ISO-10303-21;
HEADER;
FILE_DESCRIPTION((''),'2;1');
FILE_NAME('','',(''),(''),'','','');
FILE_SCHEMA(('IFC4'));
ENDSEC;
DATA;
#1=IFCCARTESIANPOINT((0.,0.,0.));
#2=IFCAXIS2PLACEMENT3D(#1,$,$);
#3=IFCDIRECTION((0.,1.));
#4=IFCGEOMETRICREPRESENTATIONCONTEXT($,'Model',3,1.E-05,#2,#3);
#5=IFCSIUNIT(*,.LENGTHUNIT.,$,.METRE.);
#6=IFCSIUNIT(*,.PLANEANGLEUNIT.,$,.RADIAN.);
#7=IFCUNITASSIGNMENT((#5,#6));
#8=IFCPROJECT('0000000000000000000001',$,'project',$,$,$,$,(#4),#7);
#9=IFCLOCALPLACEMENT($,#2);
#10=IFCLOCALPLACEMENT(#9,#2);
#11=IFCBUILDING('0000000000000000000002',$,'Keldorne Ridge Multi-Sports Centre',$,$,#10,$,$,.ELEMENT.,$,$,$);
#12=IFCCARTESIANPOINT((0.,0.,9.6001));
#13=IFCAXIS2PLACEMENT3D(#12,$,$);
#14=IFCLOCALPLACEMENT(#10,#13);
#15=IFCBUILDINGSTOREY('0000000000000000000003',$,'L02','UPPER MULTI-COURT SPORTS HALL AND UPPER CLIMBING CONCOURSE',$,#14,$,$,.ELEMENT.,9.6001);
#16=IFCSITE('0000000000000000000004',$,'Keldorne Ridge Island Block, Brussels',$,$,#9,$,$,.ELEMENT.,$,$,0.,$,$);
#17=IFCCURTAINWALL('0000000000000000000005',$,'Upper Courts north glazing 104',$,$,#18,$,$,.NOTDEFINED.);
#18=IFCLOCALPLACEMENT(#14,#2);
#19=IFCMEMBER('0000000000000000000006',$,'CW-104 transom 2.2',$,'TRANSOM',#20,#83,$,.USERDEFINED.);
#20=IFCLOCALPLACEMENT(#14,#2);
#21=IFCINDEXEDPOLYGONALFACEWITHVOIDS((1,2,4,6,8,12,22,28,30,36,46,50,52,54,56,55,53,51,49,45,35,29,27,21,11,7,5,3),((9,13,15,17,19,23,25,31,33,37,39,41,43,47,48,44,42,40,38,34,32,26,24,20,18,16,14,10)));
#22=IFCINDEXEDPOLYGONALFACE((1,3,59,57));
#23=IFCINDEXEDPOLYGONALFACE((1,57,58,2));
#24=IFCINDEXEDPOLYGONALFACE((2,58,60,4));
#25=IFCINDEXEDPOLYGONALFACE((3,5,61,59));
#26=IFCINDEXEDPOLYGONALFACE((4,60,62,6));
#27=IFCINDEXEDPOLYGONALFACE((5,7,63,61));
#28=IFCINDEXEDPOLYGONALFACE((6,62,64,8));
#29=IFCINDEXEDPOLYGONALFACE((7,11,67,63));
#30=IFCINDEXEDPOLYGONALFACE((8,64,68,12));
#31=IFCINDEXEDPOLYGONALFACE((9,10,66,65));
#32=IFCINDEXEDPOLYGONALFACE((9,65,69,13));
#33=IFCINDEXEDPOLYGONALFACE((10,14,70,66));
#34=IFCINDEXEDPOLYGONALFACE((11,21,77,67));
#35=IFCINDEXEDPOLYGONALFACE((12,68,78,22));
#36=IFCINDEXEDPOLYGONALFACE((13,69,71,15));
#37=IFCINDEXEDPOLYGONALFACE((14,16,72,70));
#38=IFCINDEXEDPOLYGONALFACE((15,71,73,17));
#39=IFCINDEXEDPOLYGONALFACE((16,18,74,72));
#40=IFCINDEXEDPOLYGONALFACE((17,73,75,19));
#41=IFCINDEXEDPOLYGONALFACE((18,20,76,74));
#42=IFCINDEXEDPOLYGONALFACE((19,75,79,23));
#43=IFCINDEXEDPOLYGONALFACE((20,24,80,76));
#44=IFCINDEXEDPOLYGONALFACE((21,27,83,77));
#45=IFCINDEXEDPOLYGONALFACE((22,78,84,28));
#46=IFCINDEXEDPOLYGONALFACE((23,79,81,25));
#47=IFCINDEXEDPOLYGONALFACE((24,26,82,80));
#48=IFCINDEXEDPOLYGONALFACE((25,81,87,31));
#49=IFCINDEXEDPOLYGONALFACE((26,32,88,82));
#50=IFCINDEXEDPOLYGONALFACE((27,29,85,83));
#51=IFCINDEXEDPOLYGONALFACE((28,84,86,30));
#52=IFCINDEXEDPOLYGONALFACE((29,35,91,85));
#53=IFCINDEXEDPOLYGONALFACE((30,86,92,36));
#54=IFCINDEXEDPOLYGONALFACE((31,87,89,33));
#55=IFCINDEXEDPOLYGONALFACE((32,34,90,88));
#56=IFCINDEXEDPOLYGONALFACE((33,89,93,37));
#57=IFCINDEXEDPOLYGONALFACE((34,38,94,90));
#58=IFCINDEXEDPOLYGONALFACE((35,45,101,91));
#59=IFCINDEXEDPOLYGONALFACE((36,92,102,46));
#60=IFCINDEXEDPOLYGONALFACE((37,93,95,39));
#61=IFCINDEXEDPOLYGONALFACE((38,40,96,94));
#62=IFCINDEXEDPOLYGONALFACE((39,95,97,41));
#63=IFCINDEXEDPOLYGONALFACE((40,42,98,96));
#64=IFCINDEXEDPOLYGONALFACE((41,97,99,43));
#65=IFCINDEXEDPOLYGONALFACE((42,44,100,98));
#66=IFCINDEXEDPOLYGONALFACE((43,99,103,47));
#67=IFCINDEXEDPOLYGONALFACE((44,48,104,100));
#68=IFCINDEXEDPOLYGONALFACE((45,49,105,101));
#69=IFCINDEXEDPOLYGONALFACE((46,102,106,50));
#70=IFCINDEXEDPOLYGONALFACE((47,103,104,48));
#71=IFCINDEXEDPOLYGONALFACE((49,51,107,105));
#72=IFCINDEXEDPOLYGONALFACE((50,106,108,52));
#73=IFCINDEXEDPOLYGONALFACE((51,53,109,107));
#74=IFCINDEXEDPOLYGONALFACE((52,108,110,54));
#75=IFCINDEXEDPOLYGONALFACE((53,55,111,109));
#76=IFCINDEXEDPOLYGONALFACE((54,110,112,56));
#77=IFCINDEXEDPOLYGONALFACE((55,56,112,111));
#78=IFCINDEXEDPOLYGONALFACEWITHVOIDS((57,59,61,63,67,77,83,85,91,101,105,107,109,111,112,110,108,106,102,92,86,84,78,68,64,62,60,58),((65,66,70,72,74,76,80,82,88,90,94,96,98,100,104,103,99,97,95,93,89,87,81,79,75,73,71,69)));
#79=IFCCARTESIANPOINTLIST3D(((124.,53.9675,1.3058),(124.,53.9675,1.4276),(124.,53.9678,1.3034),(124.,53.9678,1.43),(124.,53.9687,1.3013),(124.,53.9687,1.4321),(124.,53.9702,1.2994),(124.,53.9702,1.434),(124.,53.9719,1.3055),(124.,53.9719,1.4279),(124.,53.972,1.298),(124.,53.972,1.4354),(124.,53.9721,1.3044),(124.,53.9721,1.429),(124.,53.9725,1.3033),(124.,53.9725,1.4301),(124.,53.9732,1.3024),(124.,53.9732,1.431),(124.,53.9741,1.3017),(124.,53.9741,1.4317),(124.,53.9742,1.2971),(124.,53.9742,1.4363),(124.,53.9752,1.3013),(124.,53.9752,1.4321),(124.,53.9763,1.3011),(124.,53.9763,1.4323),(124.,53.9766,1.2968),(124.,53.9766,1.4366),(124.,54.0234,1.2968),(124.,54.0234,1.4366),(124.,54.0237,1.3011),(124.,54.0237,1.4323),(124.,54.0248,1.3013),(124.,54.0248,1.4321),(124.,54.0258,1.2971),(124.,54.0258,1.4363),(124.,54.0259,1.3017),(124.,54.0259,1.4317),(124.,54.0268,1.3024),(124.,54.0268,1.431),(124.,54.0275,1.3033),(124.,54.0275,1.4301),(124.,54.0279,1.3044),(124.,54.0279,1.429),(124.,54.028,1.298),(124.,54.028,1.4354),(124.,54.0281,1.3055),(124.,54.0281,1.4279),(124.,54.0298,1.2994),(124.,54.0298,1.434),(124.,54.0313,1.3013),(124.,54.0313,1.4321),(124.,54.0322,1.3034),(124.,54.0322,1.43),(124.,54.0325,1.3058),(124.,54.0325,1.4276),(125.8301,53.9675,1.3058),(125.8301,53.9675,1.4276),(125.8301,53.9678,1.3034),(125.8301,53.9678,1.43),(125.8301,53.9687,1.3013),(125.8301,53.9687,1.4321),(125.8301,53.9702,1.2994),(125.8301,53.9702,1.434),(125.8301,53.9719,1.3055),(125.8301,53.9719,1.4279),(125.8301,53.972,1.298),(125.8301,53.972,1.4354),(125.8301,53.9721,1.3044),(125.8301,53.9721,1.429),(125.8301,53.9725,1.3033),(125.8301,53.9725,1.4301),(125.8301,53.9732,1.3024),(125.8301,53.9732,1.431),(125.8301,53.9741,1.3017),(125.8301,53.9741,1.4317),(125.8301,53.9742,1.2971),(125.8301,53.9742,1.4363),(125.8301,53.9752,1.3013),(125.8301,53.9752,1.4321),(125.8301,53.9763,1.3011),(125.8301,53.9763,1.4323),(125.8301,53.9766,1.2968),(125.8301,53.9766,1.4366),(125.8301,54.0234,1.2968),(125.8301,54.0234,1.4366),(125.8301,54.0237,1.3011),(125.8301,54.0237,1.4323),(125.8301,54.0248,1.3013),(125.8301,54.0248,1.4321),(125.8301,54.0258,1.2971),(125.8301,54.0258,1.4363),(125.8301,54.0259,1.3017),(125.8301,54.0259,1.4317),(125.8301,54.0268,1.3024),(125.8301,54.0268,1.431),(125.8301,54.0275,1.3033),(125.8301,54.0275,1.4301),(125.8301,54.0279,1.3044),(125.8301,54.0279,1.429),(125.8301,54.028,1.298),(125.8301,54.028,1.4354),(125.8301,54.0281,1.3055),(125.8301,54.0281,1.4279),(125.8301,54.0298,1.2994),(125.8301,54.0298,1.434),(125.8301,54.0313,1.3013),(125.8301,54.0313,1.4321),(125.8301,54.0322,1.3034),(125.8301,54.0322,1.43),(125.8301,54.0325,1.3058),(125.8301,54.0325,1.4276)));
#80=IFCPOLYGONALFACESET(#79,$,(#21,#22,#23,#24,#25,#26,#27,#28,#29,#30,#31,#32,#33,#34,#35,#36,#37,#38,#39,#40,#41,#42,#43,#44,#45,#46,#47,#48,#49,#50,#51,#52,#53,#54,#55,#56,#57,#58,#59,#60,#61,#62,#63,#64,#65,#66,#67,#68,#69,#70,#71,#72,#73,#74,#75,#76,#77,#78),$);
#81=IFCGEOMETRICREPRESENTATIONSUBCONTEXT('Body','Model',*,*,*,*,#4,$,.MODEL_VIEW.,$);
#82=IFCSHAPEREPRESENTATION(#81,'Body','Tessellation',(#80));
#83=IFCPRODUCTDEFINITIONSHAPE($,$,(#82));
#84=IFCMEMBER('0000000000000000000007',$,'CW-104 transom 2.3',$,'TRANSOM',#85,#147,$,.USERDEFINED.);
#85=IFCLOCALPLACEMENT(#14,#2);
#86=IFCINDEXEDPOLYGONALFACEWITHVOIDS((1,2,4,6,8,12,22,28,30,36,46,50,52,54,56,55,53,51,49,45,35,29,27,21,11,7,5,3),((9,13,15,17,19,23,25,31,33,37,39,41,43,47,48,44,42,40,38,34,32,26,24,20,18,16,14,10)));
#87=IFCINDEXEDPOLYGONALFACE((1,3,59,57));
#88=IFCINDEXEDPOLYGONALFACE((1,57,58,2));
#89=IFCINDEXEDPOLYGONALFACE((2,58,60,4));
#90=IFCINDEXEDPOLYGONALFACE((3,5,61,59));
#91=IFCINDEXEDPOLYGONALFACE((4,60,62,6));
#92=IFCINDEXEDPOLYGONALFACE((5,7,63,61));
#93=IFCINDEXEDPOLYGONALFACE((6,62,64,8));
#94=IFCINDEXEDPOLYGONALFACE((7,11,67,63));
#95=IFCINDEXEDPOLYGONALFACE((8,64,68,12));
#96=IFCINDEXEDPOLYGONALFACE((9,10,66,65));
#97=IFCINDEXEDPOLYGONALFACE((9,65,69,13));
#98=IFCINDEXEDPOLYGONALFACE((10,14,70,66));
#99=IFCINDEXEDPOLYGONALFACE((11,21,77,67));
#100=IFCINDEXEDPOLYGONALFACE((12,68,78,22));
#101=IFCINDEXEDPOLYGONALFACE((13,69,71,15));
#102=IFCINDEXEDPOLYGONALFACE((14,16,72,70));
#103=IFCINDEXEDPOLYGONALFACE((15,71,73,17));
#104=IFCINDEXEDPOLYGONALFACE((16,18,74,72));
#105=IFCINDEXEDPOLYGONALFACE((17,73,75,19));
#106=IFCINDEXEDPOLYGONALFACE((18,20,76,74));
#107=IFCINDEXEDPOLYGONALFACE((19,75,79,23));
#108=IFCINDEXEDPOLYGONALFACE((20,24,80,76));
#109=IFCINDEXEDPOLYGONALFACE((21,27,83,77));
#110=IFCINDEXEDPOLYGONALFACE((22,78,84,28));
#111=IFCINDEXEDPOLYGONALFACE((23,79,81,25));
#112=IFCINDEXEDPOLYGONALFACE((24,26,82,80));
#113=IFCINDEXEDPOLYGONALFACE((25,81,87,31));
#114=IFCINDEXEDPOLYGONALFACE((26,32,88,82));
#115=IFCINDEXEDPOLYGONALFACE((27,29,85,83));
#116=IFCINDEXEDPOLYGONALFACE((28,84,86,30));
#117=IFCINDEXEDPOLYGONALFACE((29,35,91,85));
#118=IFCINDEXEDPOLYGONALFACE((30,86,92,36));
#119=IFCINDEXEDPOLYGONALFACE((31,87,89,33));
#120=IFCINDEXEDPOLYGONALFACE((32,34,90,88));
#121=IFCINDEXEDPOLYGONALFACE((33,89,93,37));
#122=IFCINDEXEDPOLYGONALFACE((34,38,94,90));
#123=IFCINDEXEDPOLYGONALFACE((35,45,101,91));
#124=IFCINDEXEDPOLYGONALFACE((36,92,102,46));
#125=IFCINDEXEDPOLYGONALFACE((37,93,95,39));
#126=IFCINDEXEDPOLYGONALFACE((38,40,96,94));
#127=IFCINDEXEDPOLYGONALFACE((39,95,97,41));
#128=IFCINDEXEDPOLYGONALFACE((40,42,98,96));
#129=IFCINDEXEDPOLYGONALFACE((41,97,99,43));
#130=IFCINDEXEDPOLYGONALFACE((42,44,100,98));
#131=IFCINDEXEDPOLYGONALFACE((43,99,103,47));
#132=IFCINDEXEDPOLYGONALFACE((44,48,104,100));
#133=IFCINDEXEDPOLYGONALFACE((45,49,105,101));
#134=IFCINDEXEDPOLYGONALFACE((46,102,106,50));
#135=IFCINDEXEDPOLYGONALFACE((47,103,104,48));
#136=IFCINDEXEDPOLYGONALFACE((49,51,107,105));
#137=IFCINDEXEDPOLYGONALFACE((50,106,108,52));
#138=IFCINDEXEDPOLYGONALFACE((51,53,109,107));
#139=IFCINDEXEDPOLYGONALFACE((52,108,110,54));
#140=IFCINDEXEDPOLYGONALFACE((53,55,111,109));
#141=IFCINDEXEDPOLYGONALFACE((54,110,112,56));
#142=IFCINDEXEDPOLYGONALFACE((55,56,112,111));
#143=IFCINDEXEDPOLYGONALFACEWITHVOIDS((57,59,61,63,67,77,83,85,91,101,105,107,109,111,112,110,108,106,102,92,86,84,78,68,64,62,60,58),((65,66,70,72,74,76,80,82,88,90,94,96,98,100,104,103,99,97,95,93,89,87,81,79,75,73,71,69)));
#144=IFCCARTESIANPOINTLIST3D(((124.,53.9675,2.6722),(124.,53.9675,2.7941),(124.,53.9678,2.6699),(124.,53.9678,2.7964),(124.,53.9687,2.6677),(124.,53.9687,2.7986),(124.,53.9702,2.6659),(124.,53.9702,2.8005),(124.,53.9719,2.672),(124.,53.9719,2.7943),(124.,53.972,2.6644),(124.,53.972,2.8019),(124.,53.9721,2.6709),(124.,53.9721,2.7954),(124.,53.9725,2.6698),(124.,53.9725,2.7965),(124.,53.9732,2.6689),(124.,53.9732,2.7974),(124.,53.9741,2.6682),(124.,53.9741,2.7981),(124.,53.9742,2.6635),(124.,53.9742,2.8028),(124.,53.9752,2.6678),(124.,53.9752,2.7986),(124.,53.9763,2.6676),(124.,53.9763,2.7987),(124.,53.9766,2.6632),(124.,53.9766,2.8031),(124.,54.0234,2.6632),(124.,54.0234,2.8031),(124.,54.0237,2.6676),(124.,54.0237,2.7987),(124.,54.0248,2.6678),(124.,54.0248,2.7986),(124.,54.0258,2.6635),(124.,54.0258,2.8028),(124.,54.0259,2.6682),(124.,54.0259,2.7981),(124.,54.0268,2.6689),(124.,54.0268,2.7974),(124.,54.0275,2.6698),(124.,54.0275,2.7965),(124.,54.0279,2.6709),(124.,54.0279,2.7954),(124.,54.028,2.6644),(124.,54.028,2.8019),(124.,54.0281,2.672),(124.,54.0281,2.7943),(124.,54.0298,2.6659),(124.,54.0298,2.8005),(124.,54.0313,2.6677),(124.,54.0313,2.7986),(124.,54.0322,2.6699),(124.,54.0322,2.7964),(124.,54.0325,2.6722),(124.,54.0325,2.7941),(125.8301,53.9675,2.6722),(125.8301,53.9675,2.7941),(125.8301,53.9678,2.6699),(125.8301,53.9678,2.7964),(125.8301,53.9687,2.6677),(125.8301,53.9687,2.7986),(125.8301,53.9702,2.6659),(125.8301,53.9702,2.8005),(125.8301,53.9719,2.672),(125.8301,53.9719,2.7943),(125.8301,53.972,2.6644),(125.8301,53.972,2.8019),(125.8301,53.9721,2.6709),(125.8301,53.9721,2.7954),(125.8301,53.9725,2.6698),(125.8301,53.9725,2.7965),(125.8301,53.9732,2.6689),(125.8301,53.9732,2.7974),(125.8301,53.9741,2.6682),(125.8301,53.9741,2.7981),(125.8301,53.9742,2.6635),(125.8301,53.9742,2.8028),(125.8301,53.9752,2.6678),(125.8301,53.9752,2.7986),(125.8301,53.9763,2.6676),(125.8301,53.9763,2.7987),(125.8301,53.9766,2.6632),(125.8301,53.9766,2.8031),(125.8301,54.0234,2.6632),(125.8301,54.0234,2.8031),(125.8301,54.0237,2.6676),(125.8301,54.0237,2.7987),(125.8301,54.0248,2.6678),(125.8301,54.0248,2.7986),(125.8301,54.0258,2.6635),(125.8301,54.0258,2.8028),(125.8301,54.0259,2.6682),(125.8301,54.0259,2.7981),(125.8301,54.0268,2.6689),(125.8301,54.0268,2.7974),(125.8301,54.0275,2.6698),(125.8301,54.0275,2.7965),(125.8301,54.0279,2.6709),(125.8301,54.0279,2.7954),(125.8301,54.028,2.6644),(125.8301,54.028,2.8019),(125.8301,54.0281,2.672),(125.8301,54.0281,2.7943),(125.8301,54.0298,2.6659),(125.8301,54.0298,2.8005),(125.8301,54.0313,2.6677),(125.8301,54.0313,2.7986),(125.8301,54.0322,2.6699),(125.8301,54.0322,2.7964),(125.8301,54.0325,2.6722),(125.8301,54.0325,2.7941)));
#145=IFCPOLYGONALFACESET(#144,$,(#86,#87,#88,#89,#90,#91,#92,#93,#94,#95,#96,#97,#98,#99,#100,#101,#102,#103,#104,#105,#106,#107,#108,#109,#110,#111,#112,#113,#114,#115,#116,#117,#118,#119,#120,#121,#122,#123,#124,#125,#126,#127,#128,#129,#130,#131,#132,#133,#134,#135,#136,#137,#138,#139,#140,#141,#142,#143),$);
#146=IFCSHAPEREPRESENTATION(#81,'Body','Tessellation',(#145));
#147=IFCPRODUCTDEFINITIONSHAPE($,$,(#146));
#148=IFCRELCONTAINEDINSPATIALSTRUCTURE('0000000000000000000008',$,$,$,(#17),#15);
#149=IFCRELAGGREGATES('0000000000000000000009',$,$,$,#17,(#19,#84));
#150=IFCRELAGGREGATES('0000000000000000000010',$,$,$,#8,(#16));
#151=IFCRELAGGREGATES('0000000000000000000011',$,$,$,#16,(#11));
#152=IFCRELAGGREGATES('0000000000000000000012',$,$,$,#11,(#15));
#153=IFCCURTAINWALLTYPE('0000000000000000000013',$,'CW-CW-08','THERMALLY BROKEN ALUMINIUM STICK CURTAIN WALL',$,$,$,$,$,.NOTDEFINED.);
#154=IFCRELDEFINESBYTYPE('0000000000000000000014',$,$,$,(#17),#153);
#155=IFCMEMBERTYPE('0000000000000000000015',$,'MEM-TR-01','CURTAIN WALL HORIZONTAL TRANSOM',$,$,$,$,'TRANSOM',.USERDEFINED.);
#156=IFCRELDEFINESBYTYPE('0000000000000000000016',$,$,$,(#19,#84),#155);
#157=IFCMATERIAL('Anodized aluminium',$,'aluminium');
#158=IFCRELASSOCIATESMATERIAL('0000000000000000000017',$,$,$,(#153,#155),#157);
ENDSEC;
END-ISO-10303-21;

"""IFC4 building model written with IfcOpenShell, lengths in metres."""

from ifc_helpers import new_model, si_unit, direction, frame, origin, origin_2d, place, context, subcontext, project, spatial, hollow_rectangle, extrude, material, material_profile, profile_set, type_object, element, aggregate, save


model = new_model("IFC4")

# Units and contexts
model_context = context("Model", 3, precision=1e-05, world=origin(), true_north=direction((0.0, 1.0)))
body_context = subcontext(model_context, "Body", "Model", "MODEL_VIEW")
ifc_project = project(units=[si_unit("LENGTHUNIT", "METRE"), si_unit("PLANEANGLEUNIT", "RADIAN")], contexts=[model_context])

# Site, building, storey
site_placement = place(None, origin())
site = spatial("IfcSite", under=ifc_project, at=site_placement, Name="Keldorne Ridge Island Block, Brussels", CompositionType="ELEMENT", RefElevation=0.0)
building_placement = place(site_placement, origin())
building = spatial("IfcBuilding", under=site, at=building_placement, Name="Keldorne Ridge Multi-Sports Centre", CompositionType="ELEMENT")
storey_placement = place(building_placement, frame((0.0, 0.0, 9.6001)))
storey = spatial("IfcBuildingStorey", under=building, at=storey_placement, Name="L02", Description="UPPER MULTI-COURT SPORTS HALL AND UPPER CLIMBING CONCOURSE", CompositionType="ELEMENT", Elevation=9.6001)

# Curtain wall, members
ifc_material_1 = material(Name="Anodized aluminium", Category="aluminium")
curtain_wall_type = type_object("IfcCurtainWallType", Name="CW-CW-08", Description="THERMALLY BROKEN ALUMINIUM STICK CURTAIN WALL", PredefinedType="NOTDEFINED", material=ifc_material_1)
curtain_wall_placement = place(storey_placement, origin())
curtain_wall = element("IfcCurtainWall", 1, at=curtain_wall_placement, inside=storey, type_object=curtain_wall_type, Name="Upper Courts north glazing 104", PredefinedType="NOTDEFINED")
ifc_material_profile_1 = material_profile(ifc_material_1, hollow_rectangle(XDim=0.0649, YDim=0.1399, WallThickness=0.0044, InnerFilletRadius=0.0044, OuterFilletRadius=0.009, at=origin_2d()), Name="ALU TRANSOM 140x65x4.5")
ifc_profile_set_1 = profile_set([ifc_material_profile_1], Name="Anodized aluminium")
member_type_1 = type_object("IfcMemberType", Name="MEM-TR-01", Description="CURTAIN WALL HORIZONTAL TRANSOM", ElementType="TRANSOM", PredefinedType="USERDEFINED", material=ifc_profile_set_1)
member_1_placement = place(storey_placement, frame((125.8301, 54.0, 1.3667), z_axis=(-1.0, 0.0, 0.0), x_axis=(0.0, -1.0, 0.0)))
member_1 = element("IfcMember", 2, at=member_1_placement, type_object=member_type_1, Name="CW-104 transom 2.2", ObjectType="TRANSOM", PredefinedType="USERDEFINED", context=body_context, shape_type="SweptSolid", body=[
    extrude(hollow_rectangle(XDim=0.0649, YDim=0.1399, WallThickness=0.0044, InnerFilletRadius=0.0044, OuterFilletRadius=0.009, at=origin_2d()), origin(), (0.0, 0.0, 1.0), 1.8301),
])
member_2_placement = place(storey_placement, frame((125.8301, 54.0, 2.7332), z_axis=(-1.0, 0.0, 0.0), x_axis=(0.0, -1.0, 0.0)))
member_2 = element("IfcMember", 3, at=member_2_placement, type_object=member_type_1, Name="CW-104 transom 2.3", ObjectType="TRANSOM", PredefinedType="USERDEFINED", context=body_context, shape_type="SweptSolid", body=[
    extrude(hollow_rectangle(XDim=0.0649, YDim=0.1399, WallThickness=0.0044, InnerFilletRadius=0.0044, OuterFilletRadius=0.009, at=origin_2d()), origin(), (0.0, 0.0, 1.0), 1.8301),
])
aggregate(curtain_wall, [member_1, member_2])

save(model, "model.ifc")
